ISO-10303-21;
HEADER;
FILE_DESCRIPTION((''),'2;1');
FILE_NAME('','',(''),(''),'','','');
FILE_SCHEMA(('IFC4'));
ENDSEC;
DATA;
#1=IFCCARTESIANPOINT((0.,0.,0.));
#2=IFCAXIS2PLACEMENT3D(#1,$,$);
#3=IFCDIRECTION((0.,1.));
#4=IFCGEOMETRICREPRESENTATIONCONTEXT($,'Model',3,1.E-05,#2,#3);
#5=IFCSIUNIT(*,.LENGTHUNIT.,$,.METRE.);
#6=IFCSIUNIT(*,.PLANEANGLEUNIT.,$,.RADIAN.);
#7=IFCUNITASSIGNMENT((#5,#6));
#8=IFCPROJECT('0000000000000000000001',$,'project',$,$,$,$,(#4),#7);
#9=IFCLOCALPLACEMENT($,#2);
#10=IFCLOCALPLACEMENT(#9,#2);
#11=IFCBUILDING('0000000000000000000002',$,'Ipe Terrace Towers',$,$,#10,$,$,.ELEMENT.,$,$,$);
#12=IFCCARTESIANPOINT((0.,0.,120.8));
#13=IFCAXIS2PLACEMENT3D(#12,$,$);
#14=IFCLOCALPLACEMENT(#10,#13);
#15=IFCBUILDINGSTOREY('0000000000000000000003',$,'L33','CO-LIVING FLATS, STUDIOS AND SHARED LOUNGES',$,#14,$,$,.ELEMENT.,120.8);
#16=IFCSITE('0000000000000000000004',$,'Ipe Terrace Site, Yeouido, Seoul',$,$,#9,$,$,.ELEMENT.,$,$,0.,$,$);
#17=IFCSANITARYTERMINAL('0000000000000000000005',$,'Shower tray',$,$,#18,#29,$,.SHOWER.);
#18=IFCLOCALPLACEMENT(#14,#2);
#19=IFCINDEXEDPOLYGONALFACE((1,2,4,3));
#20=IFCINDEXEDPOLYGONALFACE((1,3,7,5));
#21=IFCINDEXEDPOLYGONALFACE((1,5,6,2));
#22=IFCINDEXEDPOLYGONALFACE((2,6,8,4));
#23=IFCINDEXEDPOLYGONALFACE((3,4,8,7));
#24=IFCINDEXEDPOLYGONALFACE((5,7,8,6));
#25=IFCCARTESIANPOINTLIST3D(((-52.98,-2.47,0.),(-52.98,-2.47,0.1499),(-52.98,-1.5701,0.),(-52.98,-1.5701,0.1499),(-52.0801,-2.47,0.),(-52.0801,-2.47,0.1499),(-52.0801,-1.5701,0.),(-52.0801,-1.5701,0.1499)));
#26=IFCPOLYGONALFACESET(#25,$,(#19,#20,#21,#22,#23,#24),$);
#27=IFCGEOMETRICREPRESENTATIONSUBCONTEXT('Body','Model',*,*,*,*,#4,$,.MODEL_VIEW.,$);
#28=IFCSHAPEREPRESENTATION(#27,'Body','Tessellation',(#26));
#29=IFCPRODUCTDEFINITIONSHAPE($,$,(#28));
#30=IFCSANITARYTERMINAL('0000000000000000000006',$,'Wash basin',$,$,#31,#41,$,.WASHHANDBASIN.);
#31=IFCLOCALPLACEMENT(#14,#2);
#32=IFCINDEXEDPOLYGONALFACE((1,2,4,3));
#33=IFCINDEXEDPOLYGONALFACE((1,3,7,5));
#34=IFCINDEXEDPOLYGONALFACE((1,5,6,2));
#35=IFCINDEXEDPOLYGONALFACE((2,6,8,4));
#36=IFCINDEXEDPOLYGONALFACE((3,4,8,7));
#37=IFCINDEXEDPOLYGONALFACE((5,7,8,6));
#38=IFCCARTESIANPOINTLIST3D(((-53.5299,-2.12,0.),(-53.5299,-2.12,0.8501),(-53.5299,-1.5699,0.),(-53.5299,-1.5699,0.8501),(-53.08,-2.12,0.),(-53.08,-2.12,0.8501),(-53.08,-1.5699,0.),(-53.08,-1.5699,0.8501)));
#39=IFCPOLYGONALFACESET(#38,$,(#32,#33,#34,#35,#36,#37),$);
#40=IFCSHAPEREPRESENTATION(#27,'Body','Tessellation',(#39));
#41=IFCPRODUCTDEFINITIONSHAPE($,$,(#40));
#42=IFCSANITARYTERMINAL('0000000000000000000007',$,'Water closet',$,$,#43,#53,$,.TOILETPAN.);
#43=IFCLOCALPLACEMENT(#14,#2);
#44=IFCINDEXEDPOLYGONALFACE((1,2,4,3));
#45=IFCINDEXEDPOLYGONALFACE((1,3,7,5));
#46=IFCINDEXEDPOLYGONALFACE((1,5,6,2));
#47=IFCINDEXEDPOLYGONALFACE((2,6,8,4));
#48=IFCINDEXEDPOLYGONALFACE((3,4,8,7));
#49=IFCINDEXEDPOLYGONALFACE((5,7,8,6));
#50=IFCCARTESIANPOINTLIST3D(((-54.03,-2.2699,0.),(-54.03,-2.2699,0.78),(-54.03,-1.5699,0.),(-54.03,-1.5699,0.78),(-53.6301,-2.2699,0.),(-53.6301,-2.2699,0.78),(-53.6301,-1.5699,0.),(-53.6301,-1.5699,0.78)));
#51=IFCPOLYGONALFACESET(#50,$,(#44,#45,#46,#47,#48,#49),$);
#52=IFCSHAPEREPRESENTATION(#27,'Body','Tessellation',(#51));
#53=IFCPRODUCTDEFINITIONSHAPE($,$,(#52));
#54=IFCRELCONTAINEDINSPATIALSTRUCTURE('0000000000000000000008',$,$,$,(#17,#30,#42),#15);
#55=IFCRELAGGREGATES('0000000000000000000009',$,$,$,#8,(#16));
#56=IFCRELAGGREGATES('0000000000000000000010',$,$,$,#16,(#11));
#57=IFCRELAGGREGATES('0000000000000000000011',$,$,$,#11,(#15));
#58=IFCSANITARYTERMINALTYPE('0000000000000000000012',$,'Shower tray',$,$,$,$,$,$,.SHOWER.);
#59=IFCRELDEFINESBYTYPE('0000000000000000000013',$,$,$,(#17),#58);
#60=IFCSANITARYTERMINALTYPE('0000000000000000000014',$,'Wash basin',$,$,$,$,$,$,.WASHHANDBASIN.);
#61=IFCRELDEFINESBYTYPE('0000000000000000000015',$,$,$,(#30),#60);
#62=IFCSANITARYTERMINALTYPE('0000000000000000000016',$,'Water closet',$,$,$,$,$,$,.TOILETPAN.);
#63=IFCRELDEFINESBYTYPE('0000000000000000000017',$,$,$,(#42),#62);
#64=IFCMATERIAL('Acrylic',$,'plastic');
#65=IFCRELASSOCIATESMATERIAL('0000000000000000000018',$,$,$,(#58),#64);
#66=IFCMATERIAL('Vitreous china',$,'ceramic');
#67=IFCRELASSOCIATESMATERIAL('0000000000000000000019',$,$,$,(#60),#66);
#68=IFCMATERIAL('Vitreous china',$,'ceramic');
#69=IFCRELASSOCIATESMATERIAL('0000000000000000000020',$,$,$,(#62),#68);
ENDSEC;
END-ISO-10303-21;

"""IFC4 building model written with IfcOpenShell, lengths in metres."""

from ifc_helpers import new_model, si_unit, direction, frame, origin, origin_2d, place, context, subcontext, project, spatial, rectangle, extrude, material, type_object, element, save


model = new_model("IFC4")

# Units and contexts
model_context = context("Model", 3, precision=1e-05, world=origin(), true_north=direction((0.0, 1.0)))
body_context = subcontext(model_context, "Body", "Model", "MODEL_VIEW")
ifc_project = project(units=[si_unit("LENGTHUNIT", "METRE"), si_unit("PLANEANGLEUNIT", "RADIAN")], contexts=[model_context])

# Site, building, storey
site_placement = place(None, origin())
site = spatial("IfcSite", under=ifc_project, at=site_placement, Name="Ipe Terrace Site, Yeouido, Seoul", CompositionType="ELEMENT", RefElevation=0.0)
building_placement = place(site_placement, origin())
building = spatial("IfcBuilding", under=site, at=building_placement, Name="Ipe Terrace Towers", CompositionType="ELEMENT")
storey_placement = place(building_placement, frame((0.0, 0.0, 120.8)))
storey = spatial("IfcBuildingStorey", under=building, at=storey_placement, Name="L33", Description="CO-LIVING FLATS, STUDIOS AND SHARED LOUNGES", CompositionType="ELEMENT", Elevation=120.8)

# Sanitary terminals
ifc_material_1 = material(Name="Acrylic", Category="plastic")
sanitary_terminal_type_1 = type_object("IfcSanitaryTerminalType", Name="Shower tray", PredefinedType="SHOWER", material=ifc_material_1)
sanitary_terminal_1_placement = place(storey_placement, frame((-52.53, -2.02, 0.0), z_axis=(0.0, 0.0, 1.0), x_axis=(0.0, -1.0, 0.0)))
element("IfcSanitaryTerminal", 1, at=sanitary_terminal_1_placement, inside=storey, type_object=sanitary_terminal_type_1, Name="Shower tray", PredefinedType="SHOWER", context=body_context, shape_type="SweptSolid", body=[
    extrude(rectangle(XDim=0.8999, YDim=0.8999, at=origin_2d()), origin(), (0.0, 0.0, 1.0), 0.1499),
])
ifc_material_2 = material(Name="Vitreous china", Category="ceramic")
sanitary_terminal_type_2 = type_object("IfcSanitaryTerminalType", Name="Wash basin", PredefinedType="WASHHANDBASIN", material=ifc_material_2)
sanitary_terminal_2_placement = place(storey_placement, frame((-53.3049, -1.845, 0.0), z_axis=(0.0, 0.0, 1.0), x_axis=(0.0, -1.0, 0.0)))
element("IfcSanitaryTerminal", 2, at=sanitary_terminal_2_placement, inside=storey, type_object=sanitary_terminal_type_2, Name="Wash basin", PredefinedType="WASHHANDBASIN", context=body_context, shape_type="SweptSolid", body=[
    extrude(rectangle(XDim=0.55, YDim=0.45, at=origin_2d()), origin(), (0.0, 0.0, 1.0), 0.8501),
])
ifc_material_3 = material(Name="Vitreous china", Category="ceramic")
sanitary_terminal_type_3 = type_object("IfcSanitaryTerminalType", Name="Water closet", PredefinedType="TOILETPAN", material=ifc_material_3)
sanitary_terminal_3_placement = place(storey_placement, frame((-53.8301, -1.9199, 0.0), z_axis=(0.0, 0.0, 1.0), x_axis=(0.0, -1.0, 0.0)))
element("IfcSanitaryTerminal", 3, at=sanitary_terminal_3_placement, inside=storey, type_object=sanitary_terminal_type_3, Name="Water closet", PredefinedType="TOILETPAN", context=body_context, shape_type="SweptSolid", body=[
    extrude(rectangle(XDim=0.7, YDim=0.3999, at=origin_2d()), origin(), (0.0, 0.0, 1.0), 0.78),
])

save(model, "model.ifc")
